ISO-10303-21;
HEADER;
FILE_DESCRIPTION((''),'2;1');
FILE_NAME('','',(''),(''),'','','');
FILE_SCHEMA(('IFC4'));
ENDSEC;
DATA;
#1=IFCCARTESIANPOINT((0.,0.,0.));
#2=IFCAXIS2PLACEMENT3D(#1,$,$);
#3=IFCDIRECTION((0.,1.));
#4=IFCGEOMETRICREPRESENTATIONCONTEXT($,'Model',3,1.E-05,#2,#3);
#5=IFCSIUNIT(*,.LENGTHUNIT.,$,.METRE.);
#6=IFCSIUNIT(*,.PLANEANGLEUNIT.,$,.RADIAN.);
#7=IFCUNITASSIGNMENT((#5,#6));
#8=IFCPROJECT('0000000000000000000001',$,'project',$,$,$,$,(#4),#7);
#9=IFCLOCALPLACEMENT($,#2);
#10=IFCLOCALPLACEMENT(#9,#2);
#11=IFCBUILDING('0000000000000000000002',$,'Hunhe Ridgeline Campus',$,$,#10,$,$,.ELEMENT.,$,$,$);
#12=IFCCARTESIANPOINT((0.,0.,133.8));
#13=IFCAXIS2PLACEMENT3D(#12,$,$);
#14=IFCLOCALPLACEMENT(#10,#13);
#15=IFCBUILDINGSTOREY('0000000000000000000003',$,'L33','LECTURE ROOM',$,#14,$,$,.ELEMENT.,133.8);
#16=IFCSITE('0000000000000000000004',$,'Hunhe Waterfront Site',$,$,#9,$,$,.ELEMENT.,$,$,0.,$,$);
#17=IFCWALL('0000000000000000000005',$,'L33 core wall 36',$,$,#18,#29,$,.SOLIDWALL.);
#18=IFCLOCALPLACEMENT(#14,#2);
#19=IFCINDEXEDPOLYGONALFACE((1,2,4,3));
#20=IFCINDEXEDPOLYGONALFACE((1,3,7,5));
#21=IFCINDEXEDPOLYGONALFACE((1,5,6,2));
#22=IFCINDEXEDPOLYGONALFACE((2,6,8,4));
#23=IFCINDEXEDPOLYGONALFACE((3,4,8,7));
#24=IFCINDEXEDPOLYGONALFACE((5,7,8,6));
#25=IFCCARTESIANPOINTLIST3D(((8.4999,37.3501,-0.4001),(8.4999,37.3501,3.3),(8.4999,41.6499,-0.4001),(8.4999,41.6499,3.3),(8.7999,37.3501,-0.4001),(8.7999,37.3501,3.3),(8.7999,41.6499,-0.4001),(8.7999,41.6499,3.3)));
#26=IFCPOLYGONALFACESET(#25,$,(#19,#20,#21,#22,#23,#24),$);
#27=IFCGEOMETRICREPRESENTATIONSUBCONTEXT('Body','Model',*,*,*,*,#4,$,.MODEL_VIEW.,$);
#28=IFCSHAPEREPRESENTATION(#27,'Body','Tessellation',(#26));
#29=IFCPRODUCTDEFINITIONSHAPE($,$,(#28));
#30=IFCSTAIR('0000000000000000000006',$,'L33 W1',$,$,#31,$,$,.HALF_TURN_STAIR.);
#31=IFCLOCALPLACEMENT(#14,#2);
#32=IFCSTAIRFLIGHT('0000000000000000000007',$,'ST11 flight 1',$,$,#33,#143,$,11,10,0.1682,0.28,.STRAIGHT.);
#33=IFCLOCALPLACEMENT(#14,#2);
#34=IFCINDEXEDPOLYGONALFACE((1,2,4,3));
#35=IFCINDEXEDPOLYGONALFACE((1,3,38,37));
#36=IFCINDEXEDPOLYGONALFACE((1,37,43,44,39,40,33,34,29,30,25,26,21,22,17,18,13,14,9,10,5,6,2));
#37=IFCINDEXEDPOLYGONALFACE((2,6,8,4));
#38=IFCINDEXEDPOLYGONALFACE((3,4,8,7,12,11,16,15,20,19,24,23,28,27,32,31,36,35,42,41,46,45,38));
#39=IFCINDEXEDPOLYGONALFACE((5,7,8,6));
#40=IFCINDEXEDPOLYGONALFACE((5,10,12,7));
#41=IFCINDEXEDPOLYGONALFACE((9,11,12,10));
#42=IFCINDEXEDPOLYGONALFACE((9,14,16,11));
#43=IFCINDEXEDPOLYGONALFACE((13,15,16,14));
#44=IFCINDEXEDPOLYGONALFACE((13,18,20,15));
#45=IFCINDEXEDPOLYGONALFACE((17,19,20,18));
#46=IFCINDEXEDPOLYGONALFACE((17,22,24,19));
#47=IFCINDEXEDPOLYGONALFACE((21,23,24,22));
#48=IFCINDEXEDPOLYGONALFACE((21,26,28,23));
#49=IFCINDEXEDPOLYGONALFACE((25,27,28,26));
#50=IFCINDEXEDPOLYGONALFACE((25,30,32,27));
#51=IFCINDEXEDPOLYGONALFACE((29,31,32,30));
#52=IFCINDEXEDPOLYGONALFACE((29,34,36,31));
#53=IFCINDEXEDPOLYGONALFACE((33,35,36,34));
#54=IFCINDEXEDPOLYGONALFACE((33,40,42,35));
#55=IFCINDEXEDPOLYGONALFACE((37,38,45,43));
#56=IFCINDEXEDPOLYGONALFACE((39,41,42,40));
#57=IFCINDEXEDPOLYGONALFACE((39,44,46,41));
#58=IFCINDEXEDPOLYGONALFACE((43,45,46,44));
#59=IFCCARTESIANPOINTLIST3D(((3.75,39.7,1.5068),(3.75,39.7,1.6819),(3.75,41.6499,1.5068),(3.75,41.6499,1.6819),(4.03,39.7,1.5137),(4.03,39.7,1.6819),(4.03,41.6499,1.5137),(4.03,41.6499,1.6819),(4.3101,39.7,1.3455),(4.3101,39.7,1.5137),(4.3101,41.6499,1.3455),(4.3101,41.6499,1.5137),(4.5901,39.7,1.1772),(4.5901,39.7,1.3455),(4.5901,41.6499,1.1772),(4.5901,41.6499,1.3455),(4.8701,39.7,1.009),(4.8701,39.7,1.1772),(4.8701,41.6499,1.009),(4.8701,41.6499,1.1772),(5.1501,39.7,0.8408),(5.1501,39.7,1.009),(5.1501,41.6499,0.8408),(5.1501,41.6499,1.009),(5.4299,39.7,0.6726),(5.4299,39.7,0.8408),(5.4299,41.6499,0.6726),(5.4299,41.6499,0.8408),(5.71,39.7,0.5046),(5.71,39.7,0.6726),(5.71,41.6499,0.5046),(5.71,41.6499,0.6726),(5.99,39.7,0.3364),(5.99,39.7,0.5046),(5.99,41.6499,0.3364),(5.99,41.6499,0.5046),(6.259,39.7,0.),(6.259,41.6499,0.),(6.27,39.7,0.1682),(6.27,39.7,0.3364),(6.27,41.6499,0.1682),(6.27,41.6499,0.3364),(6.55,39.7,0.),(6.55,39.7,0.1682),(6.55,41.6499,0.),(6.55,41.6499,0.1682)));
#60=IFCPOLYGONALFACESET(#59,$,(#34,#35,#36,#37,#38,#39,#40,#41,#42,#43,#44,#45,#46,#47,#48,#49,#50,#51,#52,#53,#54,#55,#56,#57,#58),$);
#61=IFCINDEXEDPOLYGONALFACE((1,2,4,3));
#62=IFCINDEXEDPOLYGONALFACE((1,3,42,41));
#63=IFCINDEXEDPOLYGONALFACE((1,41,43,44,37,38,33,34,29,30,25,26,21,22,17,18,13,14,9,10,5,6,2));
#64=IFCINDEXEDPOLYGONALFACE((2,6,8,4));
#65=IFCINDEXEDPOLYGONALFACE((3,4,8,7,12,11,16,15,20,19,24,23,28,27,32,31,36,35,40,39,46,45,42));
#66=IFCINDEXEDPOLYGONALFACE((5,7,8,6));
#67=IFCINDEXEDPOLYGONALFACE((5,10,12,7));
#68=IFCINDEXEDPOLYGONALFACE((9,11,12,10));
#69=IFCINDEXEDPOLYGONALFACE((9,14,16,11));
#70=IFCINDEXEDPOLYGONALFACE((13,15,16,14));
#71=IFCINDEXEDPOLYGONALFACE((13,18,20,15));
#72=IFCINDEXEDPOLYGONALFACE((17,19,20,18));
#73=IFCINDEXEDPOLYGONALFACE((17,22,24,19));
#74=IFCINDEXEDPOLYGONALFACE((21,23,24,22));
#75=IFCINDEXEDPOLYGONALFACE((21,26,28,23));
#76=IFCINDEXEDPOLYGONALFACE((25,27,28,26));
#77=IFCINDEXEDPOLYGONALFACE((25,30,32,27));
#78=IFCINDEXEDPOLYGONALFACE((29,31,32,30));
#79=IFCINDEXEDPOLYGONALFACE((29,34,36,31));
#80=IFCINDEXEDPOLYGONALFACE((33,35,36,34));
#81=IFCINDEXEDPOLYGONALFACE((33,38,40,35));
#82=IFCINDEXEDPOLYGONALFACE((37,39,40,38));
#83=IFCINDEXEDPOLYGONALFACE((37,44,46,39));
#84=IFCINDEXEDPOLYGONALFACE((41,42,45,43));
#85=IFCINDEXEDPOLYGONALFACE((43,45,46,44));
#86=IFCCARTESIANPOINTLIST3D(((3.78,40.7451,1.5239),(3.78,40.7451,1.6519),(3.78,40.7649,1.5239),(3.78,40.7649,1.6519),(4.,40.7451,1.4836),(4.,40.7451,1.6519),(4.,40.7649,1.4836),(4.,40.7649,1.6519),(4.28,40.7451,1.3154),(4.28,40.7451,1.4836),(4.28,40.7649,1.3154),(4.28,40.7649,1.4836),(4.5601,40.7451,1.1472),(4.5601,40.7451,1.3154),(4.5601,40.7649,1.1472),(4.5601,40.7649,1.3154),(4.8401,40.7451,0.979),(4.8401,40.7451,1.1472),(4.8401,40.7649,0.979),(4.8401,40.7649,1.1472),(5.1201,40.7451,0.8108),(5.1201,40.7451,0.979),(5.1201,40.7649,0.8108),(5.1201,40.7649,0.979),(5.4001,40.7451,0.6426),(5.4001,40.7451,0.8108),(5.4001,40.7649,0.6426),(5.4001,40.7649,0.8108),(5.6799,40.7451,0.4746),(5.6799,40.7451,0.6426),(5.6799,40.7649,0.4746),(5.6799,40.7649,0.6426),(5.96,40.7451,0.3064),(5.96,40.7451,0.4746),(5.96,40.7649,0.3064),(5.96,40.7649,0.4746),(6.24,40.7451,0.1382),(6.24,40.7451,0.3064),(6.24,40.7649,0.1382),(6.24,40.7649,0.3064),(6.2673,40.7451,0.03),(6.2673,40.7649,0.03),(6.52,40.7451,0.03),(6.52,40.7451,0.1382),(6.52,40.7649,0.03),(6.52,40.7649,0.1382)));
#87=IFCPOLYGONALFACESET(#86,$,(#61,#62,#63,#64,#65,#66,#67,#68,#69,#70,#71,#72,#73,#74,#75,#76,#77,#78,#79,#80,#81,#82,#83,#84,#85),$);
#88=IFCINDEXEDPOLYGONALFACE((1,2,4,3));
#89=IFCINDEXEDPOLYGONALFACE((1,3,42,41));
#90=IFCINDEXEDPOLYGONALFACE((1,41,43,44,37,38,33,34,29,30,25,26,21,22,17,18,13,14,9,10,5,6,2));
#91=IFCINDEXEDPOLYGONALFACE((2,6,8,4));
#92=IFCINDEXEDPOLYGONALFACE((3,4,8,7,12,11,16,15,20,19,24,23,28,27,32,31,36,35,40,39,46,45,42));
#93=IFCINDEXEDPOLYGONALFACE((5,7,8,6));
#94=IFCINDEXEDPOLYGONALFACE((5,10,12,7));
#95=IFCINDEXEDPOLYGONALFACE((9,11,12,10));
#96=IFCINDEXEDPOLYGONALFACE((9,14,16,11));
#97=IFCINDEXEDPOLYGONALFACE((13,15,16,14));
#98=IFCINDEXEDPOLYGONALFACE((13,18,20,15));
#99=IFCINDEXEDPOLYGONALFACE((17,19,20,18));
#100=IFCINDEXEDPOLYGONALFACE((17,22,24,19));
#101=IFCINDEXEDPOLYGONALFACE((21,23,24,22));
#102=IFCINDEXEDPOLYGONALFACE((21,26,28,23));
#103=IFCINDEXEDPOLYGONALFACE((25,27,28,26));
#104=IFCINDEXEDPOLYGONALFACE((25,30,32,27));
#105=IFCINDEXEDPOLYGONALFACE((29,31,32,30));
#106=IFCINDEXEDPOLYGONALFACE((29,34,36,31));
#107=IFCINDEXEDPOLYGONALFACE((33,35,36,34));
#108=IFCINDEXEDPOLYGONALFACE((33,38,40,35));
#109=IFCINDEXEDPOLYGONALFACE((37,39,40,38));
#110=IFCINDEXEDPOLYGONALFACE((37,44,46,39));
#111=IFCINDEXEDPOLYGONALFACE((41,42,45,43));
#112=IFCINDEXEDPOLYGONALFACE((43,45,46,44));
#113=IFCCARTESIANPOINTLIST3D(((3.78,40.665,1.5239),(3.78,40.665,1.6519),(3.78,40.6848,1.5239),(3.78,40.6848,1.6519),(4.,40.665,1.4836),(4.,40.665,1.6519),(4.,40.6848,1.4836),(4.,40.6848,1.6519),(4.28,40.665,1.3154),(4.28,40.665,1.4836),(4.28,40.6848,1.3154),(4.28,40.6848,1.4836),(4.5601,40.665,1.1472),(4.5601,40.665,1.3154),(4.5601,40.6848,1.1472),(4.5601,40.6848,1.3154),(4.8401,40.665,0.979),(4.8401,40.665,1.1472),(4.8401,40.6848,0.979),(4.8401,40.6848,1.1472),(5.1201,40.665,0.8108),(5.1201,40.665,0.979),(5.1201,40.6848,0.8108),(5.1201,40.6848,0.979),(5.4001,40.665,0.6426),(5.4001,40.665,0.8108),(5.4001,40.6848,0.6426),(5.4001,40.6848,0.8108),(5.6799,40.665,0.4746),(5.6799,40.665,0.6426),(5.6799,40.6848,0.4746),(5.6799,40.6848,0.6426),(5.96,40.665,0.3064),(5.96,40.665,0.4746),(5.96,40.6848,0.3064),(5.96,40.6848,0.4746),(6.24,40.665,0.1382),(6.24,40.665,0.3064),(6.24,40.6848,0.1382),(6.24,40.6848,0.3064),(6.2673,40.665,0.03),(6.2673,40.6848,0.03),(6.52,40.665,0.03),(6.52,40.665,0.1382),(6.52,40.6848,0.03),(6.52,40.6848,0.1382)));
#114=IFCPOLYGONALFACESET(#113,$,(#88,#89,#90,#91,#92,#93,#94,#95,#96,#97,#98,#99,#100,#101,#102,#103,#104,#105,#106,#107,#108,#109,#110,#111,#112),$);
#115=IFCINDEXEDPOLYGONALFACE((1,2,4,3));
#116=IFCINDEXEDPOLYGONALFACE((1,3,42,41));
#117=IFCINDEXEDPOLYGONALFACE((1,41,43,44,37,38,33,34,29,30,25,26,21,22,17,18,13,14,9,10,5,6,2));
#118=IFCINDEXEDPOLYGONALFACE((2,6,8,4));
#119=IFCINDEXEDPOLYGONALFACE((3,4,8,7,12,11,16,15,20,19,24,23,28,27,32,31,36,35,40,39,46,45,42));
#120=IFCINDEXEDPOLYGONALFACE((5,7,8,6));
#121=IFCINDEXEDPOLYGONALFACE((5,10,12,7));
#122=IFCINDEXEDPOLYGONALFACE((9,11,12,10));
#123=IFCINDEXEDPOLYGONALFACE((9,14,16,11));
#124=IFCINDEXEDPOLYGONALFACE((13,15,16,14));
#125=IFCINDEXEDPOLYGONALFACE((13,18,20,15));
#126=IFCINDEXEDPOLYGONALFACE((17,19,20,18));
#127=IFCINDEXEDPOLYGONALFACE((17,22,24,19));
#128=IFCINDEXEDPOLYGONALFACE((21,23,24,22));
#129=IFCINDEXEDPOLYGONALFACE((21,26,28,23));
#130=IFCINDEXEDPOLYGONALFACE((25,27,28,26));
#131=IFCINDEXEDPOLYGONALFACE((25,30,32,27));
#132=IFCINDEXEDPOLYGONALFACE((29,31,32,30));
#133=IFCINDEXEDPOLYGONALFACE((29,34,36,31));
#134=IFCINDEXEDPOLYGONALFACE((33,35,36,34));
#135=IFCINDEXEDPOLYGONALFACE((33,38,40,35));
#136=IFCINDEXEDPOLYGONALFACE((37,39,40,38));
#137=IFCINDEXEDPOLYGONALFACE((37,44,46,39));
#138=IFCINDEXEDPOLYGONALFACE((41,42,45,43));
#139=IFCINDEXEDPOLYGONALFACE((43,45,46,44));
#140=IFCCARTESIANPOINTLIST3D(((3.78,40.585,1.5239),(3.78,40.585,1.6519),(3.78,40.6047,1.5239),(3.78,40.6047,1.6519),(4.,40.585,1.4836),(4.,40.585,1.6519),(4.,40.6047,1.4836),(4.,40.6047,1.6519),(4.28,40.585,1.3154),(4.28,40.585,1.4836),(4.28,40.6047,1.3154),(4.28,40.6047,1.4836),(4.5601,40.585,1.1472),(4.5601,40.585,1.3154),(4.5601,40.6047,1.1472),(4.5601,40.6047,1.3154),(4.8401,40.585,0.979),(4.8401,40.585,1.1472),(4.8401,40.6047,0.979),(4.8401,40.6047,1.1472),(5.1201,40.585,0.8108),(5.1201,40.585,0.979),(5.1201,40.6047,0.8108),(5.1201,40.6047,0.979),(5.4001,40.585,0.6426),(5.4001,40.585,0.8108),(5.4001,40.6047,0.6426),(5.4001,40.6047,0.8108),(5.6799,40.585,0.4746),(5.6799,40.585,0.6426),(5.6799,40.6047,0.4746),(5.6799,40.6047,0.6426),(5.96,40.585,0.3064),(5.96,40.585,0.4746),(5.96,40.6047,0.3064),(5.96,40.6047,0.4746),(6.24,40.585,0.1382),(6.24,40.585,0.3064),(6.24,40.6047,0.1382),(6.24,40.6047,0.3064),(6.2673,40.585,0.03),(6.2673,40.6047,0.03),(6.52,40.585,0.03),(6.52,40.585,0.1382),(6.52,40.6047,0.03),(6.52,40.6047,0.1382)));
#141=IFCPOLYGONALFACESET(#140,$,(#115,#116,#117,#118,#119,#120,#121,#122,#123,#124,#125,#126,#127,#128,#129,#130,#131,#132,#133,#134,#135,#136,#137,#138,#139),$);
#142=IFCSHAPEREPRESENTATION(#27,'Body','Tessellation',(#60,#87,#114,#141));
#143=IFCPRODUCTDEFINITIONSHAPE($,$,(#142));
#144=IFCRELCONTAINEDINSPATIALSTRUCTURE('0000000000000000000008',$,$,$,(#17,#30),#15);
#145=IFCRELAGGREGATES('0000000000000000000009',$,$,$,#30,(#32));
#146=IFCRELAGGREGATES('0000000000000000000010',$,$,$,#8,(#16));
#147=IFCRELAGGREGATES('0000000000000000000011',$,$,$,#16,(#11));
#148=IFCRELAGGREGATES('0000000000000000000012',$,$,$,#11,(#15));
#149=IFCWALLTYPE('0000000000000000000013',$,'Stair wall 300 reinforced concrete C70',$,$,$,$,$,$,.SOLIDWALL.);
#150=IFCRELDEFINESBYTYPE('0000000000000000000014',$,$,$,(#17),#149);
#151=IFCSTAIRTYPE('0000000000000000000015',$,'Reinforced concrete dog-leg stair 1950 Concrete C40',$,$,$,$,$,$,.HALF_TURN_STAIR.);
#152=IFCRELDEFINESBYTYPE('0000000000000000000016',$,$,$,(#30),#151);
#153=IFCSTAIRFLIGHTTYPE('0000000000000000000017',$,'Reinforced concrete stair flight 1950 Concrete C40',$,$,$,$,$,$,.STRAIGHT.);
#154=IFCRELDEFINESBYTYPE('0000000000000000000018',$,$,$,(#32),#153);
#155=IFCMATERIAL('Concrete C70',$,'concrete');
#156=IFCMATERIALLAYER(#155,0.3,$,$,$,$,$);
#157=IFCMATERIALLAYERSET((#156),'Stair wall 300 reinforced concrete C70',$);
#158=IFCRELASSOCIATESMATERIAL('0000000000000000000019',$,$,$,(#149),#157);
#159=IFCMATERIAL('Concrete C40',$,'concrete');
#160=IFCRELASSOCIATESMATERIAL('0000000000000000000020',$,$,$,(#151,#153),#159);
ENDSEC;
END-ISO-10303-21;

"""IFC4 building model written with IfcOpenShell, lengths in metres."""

from ifc_helpers import new_model, si_unit, direction, frame, frame_2d, origin, place, context, subcontext, project, spatial, polyline, rectangle, outline, extrude, material, layer, layer_set, type_object, element, aggregate, save


model = new_model("IFC4")

# Units and contexts
model_context = context("Model", 3, precision=1e-05, world=origin(), true_north=direction((0.0, 1.0)))
body_context = subcontext(model_context, "Body", "Model", "MODEL_VIEW")
ifc_project = project(units=[si_unit("LENGTHUNIT", "METRE"), si_unit("PLANEANGLEUNIT", "RADIAN")], contexts=[model_context])

# Site, building, storey
site_placement = place(None, origin())
site = spatial("IfcSite", under=ifc_project, at=site_placement, Name="Hunhe Waterfront Site", CompositionType="ELEMENT", RefElevation=0.0)
building_placement = place(site_placement, origin())
building = spatial("IfcBuilding", under=site, at=building_placement, Name="Hunhe Ridgeline Campus", CompositionType="ELEMENT")
storey_placement = place(building_placement, frame((0.0, 0.0, 133.8)))
storey = spatial("IfcBuildingStorey", under=building, at=storey_placement, Name="L33", Description="LECTURE ROOM", CompositionType="ELEMENT", Elevation=133.8)

# Shared definitions
ifc_material_1 = material(Name="Concrete C70", Category="concrete")

# Shared definitions
ifc_layer_1 = layer(ifc_material_1, 0.3)
ifc_layer_set_1 = layer_set([ifc_layer_1], Name="Stair wall 300 reinforced concrete C70")
wall_type_1 = type_object("IfcWallType", Name="Stair wall 300 reinforced concrete C70", PredefinedType="SOLIDWALL", material=ifc_layer_set_1)

# Wall
wall_1_placement = place(storey_placement, frame((8.6499, 37.3501, -0.4001), z_axis=(0.0, 0.0, 1.0), x_axis=(0.0, 1.0, 0.0)))
element("IfcWall", 1, at=wall_1_placement, inside=storey, type_object=wall_type_1, Name="L33 core wall 36", PredefinedType="SOLIDWALL", context=body_context, shape_type="SweptSolid", body=[
    extrude(rectangle(XDim=4.2998, YDim=0.3, at=frame_2d((2.1499, 0.0))), origin(), (0.0, 0.0, 1.0), 3.7002),
])

# Stair, stair flight
ifc_material_2 = material(Name="Concrete C40", Category="concrete")
stair_type = type_object("IfcStairType", Name="Reinforced concrete dog-leg stair 1950 Concrete C40", PredefinedType="HALF_TURN_STAIR", material=ifc_material_2)
stair_placement = place(storey_placement, origin())
stair = element("IfcStair", 2, at=stair_placement, inside=storey, type_object=stair_type, Name="L33 W1", PredefinedType="HALF_TURN_STAIR")
stair_flight_type = type_object("IfcStairFlightType", Name="Reinforced concrete stair flight 1950 Concrete C40", PredefinedType="STRAIGHT", material=ifc_material_2)
stair_flight_1_placement = place(storey_placement, frame((6.55, 40.675, 0.0), z_axis=(0.0, 0.0, 1.0), x_axis=(-1.0, 0.0, 0.0)))
stair_flight_1 = element("IfcStairFlight", 3, at=stair_flight_1_placement, type_object=stair_flight_type, Name="ST11 flight 1", NumberOfRisers=11, NumberOfTreads=10, PredefinedType="STRAIGHT", RiserHeight=0.1682, TreadLength=0.28, context=body_context, shape_type="SweptSolid", body=[
    extrude(outline(polyline([(0.0, 0.0), (0.0, 0.1682), (0.28, 0.1682), (0.28, 0.3364), (0.5601, 0.3364), (0.5601, 0.5046), (0.8401, 0.5046), (0.8401, 0.6726), (1.1201, 0.6726), (1.1201, 0.8408), (1.3999, 0.8408), (1.3999, 1.009), (1.6799, 1.009), (1.6799, 1.1772), (1.96, 1.1772), (1.96, 1.3455), (2.24, 1.3455), (2.24, 1.5137), (2.52, 1.5137), (2.52, 1.6819), (2.8, 1.6819), (2.8, 1.8501), (2.8, 1.5068), (0.291, 0.0), (0.0, 0.0)])), frame((0.0, 0.9751, 0.0), z_axis=(0.0, -1.0, 0.0), x_axis=(1.0, 0.0, 0.0)), (0.0, 0.0, 1.0), 1.95),
    extrude(outline(polyline([(0.03, 0.03), (0.03, 0.1382), (0.3101, 0.1382), (0.3101, 0.3064), (0.5901, 0.3064), (0.5901, 0.4746), (0.8701, 0.4746), (0.8701, 0.6426), (1.1499, 0.6426), (1.1499, 0.8108), (1.4299, 0.8108), (1.4299, 0.979), (1.71, 0.979), (1.71, 1.1472), (1.99, 1.1472), (1.99, 1.3154), (2.27, 1.3154), (2.27, 1.4836), (2.55, 1.4836), (2.55, 1.6519), (2.77, 1.6519), (2.77, 1.5239), (0.2827, 0.03), (0.03, 0.03)])), frame((0.0, -0.0701, 0.0), z_axis=(0.0, -1.0, 0.0), x_axis=(1.0, 0.0, 0.0)), (0.0, 0.0, 1.0), 0.0198),
    extrude(outline(polyline([(0.03, 0.03), (0.03, 0.1382), (0.3101, 0.1382), (0.3101, 0.3064), (0.5901, 0.3064), (0.5901, 0.4746), (0.8701, 0.4746), (0.8701, 0.6426), (1.1499, 0.6426), (1.1499, 0.8108), (1.4299, 0.8108), (1.4299, 0.979), (1.71, 0.979), (1.71, 1.1472), (1.99, 1.1472), (1.99, 1.3154), (2.27, 1.3154), (2.27, 1.4836), (2.55, 1.4836), (2.55, 1.6519), (2.77, 1.6519), (2.77, 1.5239), (0.2827, 0.03), (0.03, 0.03)])), frame((0.0, 0.01, 0.0), z_axis=(0.0, -1.0, 0.0), x_axis=(1.0, 0.0, 0.0)), (0.0, 0.0, 1.0), 0.0198),
    extrude(outline(polyline([(0.03, 0.03), (0.03, 0.1382), (0.3101, 0.1382), (0.3101, 0.3064), (0.5901, 0.3064), (0.5901, 0.4746), (0.8701, 0.4746), (0.8701, 0.6426), (1.1499, 0.6426), (1.1499, 0.8108), (1.4299, 0.8108), (1.4299, 0.979), (1.71, 0.979), (1.71, 1.1472), (1.99, 1.1472), (1.99, 1.3154), (2.27, 1.3154), (2.27, 1.4836), (2.55, 1.4836), (2.55, 1.6519), (2.77, 1.6519), (2.77, 1.5239), (0.2827, 0.03), (0.03, 0.03)])), frame((0.0, 0.0901, 0.0), z_axis=(0.0, -1.0, 0.0), x_axis=(1.0, 0.0, 0.0)), (0.0, 0.0, 1.0), 0.0198),
])
aggregate(stair, [stair_flight_1])

save(model, "model.ifc")
